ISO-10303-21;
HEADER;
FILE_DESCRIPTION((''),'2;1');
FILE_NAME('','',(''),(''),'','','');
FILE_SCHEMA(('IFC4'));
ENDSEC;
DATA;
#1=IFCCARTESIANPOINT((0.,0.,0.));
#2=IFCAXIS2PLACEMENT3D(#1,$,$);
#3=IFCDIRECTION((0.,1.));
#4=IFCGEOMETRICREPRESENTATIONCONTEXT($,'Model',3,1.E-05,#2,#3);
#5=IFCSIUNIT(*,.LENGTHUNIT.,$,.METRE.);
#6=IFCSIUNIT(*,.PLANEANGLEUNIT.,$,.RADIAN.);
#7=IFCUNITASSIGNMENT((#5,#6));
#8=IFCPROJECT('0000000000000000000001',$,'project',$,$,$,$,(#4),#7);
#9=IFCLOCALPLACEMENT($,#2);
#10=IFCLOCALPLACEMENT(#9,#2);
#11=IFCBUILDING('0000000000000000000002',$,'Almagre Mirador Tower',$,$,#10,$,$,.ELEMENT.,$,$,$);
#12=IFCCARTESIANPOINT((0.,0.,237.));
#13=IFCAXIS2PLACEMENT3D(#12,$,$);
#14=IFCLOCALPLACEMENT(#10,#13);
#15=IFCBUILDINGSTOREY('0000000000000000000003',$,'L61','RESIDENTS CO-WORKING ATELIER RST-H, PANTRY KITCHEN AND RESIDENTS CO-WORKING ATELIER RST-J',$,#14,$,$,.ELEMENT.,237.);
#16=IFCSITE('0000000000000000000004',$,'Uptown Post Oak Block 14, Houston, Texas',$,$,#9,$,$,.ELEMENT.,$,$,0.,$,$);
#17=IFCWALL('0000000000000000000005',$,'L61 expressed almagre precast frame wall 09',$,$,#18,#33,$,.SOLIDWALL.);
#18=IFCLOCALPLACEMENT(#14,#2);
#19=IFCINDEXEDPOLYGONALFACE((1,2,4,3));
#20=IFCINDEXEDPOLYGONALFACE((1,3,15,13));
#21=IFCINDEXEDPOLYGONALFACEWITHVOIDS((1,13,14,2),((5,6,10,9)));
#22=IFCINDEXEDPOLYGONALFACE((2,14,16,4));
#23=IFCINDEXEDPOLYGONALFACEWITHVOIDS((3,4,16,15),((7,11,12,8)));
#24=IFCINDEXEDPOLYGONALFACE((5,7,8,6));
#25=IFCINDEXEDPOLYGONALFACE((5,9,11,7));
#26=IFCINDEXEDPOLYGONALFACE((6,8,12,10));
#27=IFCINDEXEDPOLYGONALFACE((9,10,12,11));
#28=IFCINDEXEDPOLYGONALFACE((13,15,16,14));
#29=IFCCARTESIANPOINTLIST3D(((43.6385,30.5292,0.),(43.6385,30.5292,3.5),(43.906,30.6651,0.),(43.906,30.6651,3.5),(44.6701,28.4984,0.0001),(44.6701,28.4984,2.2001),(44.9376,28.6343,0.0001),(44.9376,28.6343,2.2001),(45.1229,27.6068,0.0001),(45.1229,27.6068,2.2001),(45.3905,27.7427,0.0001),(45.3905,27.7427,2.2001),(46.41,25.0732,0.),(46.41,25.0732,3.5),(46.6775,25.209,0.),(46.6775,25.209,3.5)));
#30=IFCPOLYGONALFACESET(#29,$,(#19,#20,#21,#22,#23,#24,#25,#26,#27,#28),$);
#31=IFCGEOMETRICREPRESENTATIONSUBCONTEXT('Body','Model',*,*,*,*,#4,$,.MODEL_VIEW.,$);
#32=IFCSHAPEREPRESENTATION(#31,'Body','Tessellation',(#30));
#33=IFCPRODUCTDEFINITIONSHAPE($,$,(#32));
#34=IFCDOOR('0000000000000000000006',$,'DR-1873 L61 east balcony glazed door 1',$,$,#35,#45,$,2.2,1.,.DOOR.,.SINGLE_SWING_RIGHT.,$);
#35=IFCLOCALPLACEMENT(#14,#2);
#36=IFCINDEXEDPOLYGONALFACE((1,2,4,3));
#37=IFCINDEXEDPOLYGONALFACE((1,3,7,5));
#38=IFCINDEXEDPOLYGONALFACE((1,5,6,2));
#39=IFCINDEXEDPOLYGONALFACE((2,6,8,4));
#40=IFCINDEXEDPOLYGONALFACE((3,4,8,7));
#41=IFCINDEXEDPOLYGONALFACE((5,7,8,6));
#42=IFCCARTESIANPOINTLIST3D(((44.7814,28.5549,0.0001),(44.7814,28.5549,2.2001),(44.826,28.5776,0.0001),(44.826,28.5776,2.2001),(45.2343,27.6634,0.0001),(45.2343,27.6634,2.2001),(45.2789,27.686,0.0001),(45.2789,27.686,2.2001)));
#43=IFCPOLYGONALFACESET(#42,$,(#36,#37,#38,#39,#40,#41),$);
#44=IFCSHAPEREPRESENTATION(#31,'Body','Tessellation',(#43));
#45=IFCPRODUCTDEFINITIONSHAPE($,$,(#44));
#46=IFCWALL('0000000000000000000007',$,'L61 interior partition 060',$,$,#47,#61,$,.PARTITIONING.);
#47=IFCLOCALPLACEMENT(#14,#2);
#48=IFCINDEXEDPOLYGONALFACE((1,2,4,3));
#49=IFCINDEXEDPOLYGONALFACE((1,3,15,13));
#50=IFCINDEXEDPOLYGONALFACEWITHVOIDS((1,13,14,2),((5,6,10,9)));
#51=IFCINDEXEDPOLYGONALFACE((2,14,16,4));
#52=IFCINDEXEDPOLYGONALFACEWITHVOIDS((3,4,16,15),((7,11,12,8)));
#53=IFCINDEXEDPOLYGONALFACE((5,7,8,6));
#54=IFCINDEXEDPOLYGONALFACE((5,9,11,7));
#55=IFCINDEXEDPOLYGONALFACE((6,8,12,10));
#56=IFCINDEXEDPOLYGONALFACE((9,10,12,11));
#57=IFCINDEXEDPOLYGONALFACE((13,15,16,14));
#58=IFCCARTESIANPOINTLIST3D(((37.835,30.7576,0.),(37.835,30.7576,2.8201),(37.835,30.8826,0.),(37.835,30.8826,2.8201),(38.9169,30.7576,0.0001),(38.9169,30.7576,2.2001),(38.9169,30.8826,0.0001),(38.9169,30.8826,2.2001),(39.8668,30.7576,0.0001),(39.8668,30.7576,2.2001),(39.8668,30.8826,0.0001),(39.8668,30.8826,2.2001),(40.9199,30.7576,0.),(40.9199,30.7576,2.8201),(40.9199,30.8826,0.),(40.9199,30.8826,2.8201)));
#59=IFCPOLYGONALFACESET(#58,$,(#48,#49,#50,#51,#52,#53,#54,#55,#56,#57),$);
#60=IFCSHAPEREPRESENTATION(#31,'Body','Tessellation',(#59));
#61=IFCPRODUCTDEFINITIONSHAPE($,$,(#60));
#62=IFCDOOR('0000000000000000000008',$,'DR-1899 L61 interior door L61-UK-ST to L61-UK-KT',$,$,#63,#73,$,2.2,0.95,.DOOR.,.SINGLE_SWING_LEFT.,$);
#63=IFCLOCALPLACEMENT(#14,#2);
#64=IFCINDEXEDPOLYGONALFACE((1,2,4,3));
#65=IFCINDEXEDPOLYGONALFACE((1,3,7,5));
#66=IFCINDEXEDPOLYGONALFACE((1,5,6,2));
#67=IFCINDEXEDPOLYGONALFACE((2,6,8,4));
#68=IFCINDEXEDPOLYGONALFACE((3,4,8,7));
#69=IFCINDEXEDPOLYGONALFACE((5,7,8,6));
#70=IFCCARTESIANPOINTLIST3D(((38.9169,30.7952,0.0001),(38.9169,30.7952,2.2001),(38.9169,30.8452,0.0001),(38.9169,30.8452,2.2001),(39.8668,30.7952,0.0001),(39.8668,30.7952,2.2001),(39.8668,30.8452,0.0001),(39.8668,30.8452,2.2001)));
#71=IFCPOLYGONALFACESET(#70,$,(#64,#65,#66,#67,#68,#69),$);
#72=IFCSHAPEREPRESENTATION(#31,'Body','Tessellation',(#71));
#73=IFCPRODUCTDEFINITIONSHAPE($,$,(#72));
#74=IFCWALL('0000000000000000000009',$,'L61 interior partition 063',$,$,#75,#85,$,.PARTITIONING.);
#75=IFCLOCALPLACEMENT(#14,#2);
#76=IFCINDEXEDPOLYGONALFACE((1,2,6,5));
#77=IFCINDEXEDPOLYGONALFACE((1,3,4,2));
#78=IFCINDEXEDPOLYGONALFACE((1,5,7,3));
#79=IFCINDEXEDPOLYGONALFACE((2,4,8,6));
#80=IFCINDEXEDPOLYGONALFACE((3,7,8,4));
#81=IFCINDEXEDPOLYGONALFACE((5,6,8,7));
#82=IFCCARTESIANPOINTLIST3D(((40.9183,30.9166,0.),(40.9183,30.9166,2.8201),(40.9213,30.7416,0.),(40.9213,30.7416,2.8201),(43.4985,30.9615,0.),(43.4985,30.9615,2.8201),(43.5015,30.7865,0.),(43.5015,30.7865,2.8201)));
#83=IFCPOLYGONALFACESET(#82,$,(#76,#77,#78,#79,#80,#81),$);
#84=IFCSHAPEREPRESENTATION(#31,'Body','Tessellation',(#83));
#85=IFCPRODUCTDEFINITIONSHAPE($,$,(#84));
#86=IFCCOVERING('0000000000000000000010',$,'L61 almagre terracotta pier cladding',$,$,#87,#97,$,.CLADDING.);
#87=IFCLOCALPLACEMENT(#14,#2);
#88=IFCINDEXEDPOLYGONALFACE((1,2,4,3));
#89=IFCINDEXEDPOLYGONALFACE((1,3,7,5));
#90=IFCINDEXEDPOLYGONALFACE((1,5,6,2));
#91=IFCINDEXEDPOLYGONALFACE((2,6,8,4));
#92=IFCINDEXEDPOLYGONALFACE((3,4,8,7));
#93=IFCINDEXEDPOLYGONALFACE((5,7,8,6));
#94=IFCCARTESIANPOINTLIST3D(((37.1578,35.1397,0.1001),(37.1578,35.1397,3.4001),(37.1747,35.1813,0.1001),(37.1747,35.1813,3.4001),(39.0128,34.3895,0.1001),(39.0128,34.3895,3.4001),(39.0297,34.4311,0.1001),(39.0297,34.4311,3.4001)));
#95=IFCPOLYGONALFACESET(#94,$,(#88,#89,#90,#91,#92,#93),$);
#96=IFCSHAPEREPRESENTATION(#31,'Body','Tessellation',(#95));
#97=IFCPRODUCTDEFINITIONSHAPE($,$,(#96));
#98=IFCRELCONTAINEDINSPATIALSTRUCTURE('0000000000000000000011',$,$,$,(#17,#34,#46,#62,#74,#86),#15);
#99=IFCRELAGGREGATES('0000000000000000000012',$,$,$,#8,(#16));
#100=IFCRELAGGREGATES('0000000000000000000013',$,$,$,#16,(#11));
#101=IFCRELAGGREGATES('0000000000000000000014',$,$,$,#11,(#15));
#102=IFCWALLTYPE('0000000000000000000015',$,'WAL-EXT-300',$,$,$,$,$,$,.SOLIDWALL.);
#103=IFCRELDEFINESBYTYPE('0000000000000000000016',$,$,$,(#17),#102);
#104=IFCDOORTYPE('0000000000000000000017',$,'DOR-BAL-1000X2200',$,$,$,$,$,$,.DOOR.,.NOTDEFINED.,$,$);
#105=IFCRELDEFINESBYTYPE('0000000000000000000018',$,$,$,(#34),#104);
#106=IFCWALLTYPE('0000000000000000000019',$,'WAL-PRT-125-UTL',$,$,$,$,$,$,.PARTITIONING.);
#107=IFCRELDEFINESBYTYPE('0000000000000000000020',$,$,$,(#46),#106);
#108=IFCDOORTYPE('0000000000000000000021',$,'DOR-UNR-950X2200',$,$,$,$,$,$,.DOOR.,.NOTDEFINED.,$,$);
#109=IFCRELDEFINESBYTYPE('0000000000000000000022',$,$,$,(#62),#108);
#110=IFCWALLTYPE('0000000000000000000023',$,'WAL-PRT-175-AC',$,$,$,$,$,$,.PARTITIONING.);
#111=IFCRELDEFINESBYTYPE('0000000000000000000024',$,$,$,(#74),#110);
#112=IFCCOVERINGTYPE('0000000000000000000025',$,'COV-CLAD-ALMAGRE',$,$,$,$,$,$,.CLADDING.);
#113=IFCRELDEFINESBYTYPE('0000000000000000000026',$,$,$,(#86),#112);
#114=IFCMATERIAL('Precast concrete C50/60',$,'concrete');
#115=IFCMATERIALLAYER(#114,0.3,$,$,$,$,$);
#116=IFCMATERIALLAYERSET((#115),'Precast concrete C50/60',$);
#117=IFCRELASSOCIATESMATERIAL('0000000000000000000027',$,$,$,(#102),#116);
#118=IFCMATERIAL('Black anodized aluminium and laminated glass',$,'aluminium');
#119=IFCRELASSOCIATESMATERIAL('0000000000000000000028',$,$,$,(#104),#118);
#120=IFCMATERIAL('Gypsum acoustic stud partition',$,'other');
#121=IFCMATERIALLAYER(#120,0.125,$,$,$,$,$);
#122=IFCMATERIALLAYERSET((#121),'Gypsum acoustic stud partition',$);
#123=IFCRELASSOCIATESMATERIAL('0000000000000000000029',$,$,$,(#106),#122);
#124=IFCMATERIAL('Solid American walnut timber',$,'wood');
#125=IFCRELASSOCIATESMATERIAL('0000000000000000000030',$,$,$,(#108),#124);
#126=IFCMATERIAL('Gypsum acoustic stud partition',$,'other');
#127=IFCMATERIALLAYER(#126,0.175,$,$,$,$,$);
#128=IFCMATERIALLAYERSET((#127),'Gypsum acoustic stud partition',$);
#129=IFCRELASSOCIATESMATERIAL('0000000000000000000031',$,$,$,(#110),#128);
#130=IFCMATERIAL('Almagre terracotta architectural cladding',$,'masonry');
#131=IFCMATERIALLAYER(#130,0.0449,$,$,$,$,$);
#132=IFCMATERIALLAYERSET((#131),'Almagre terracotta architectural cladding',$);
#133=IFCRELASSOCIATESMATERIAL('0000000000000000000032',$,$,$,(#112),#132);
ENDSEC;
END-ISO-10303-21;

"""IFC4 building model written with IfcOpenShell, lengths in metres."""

from ifc_helpers import new_model, si_unit, direction, frame, frame_2d, origin, origin_2d, place, context, subcontext, project, spatial, rectangle, extrude, material, layer, layer_set, type_object, element, fill, save


model = new_model("IFC4")

# Units and contexts
model_context = context("Model", 3, precision=1e-05, world=origin(), true_north=direction((0.0, 1.0)))
body_context = subcontext(model_context, "Body", "Model", "MODEL_VIEW")
ifc_project = project(units=[si_unit("LENGTHUNIT", "METRE"), si_unit("PLANEANGLEUNIT", "RADIAN")], contexts=[model_context])

# Site, building, storey
site_placement = place(None, origin())
site = spatial("IfcSite", under=ifc_project, at=site_placement, Name="Uptown Post Oak Block 14, Houston, Texas", CompositionType="ELEMENT", RefElevation=0.0)
building_placement = place(site_placement, origin())
building = spatial("IfcBuilding", under=site, at=building_placement, Name="Almagre Mirador Tower", CompositionType="ELEMENT")
storey_placement = place(building_placement, frame((0.0, 0.0, 237.0)))
storey = spatial("IfcBuildingStorey", under=building, at=storey_placement, Name="L61", Description="RESIDENTS CO-WORKING ATELIER RST-H, PANTRY KITCHEN AND RESIDENTS CO-WORKING ATELIER RST-J", CompositionType="ELEMENT", Elevation=237.0)

# Shared definitions
ifc_material_1 = material(Name="Precast concrete C50/60", Category="concrete")
ifc_layer_1 = layer(ifc_material_1, 0.3)
ifc_layer_set_1 = layer_set([ifc_layer_1], Name="Precast concrete C50/60")
wall_type_1 = type_object("IfcWallType", Name="WAL-EXT-300", PredefinedType="SOLIDWALL", material=ifc_layer_set_1)

# Walls, openings, doors
wall_1_placement = place(storey_placement, frame((43.7722, 30.5972, 0.0), z_axis=(0.0, 0.0, 1.0), x_axis=(0.452886, -0.891569, 0.0)))
wall_1 = element("IfcWall", 1, at=wall_1_placement, inside=storey, type_object=wall_type_1, Name="L61 expressed almagre precast frame wall 09", PredefinedType="SOLIDWALL", context=body_context, shape_type="SweptSolid", body=[
    extrude(rectangle(XDim=6.1196, YDim=0.3, at=frame_2d((3.0598, 0.0))), origin(), (0.0, 0.0, 1.0), 3.5),
])
opening_1_placement = place(wall_1_placement, frame((2.2778, 0.0, 0.0)))
opening_1 = element("IfcOpeningElement", 2, at=opening_1_placement, cuts=wall_1, PredefinedType="OPENING", context=body_context, shape_type="SweptSolid", body=[
    extrude(rectangle(XDim=1.0, YDim=2.2, at=frame_2d((0.5, 1.1001))), frame((0.0, 0.1599, 0.0), z_axis=(0.0, -1.0, 0.0), x_axis=(1.0, 0.0, 0.0)), (0.0, 0.0, 1.0), 0.32),
])
ifc_material_2 = material(Name="Black anodized aluminium and laminated glass", Category="aluminium")
door_type_1 = type_object("IfcDoorType", Name="DOR-BAL-1000X2200", OperationType="NOTDEFINED", PredefinedType="DOOR", material=ifc_material_2)
door_1_placement = place(opening_1_placement, origin())
door_1 = element("IfcDoor", 3, at=door_1_placement, inside=storey, type_object=door_type_1, Name="DR-1873 L61 east balcony glazed door 1", OperationType="SINGLE_SWING_RIGHT", OverallHeight=2.2, OverallWidth=1.0, PredefinedType="DOOR", context=body_context, shape_type="SweptSolid", body=[
    extrude(rectangle(XDim=1.0, YDim=2.2, at=frame_2d((0.5, 1.1001))), frame((0.0, 0.0249, 0.0), z_axis=(0.0, -1.0, 0.0), x_axis=(1.0, 0.0, 0.0)), (0.0, 0.0, 1.0), 0.05),
])
fill(opening_1, door_1)
ifc_material_3 = material(Name="Gypsum acoustic stud partition", Category="other")
ifc_layer_2 = layer(ifc_material_3, 0.125)
ifc_layer_set_2 = layer_set([ifc_layer_2], Name="Gypsum acoustic stud partition")
wall_type_2 = type_object("IfcWallType", Name="WAL-PRT-125-UTL", PredefinedType="PARTITIONING", material=ifc_layer_set_2)
wall_2_placement = place(storey_placement, frame((40.9199, 30.8201, 0.0), z_axis=(0.0, 0.0, 1.0), x_axis=(-1.0, 0.0, 0.0)))
wall_2 = element("IfcWall", 4, at=wall_2_placement, inside=storey, type_object=wall_type_2, Name="L61 interior partition 060", PredefinedType="PARTITIONING", context=body_context, shape_type="SweptSolid", body=[
    extrude(rectangle(XDim=3.085, YDim=0.125, at=frame_2d((1.5425, 0.0))), origin(), (0.0, 0.0, 1.0), 2.8201),
])
opening_2_placement = place(wall_2_placement, frame((1.053, 0.0, 0.0)))
opening_2 = element("IfcOpeningElement", 5, at=opening_2_placement, cuts=wall_2, PredefinedType="OPENING", context=body_context, shape_type="SweptSolid", body=[
    extrude(rectangle(XDim=0.95, YDim=2.2, at=frame_2d((0.4751, 1.1001))), frame((0.0, 0.0725, 0.0), z_axis=(0.0, -1.0, 0.0), x_axis=(1.0, 0.0, 0.0)), (0.0, 0.0, 1.0), 0.145),
])
ifc_material_4 = material(Name="Solid American walnut timber", Category="wood")
door_type_2 = type_object("IfcDoorType", Name="DOR-UNR-950X2200", OperationType="NOTDEFINED", PredefinedType="DOOR", material=ifc_material_4)
door_2_placement = place(opening_2_placement, origin())
door_2 = element("IfcDoor", 6, at=door_2_placement, inside=storey, type_object=door_type_2, Name="DR-1899 L61 interior door L61-UK-ST to L61-UK-KT", OperationType="SINGLE_SWING_LEFT", OverallHeight=2.2, OverallWidth=0.95, PredefinedType="DOOR", context=body_context, shape_type="SweptSolid", body=[
    extrude(rectangle(XDim=0.95, YDim=2.2, at=frame_2d((0.4751, 1.1001))), frame((0.0, 0.0249, 0.0), z_axis=(0.0, -1.0, 0.0), x_axis=(1.0, 0.0, 0.0)), (0.0, 0.0, 1.0), 0.05),
])
fill(opening_2, door_2)

# Wall
ifc_material_5 = material(Name="Gypsum acoustic stud partition", Category="other")
ifc_layer_3 = layer(ifc_material_5, 0.175)
ifc_layer_set_3 = layer_set([ifc_layer_3], Name="Gypsum acoustic stud partition")
wall_type_3 = type_object("IfcWallType", Name="WAL-PRT-175-AC", PredefinedType="PARTITIONING", material=ifc_layer_set_3)
wall_3_placement = place(storey_placement, frame((43.5, 30.874, 0.0), z_axis=(0.0, 0.0, 1.0), x_axis=(-0.999848, -0.017408, 0.0)))
element("IfcWall", 7, at=wall_3_placement, inside=storey, type_object=wall_type_3, Name="L61 interior partition 063", PredefinedType="PARTITIONING", context=body_context, shape_type="SweptSolid", body=[
    extrude(rectangle(XDim=2.5806, YDim=0.175, at=frame_2d((1.2903, 0.0))), origin(), (0.0, 0.0, 1.0), 2.8201),
])

# Covering
ifc_material_6 = material(Name="Almagre terracotta architectural cladding", Category="masonry")
ifc_layer_4 = layer(ifc_material_6, 0.0449)
ifc_layer_set_4 = layer_set([ifc_layer_4], Name="Almagre terracotta architectural cladding")
covering_type = type_object("IfcCoveringType", Name="COV-CLAD-ALMAGRE", PredefinedType="CLADDING", material=ifc_layer_set_4)
covering_placement = place(storey_placement, frame((38.0938, 34.7854, 0.1001), z_axis=(0.0, 0.0, 1.0), x_axis=(0.927066, -0.374898, 0.0)))
element("IfcCovering", 8, at=covering_placement, inside=storey, type_object=covering_type, Name="L61 almagre terracotta pier cladding", PredefinedType="CLADDING", context=body_context, shape_type="SweptSolid", body=[
    extrude(rectangle(XDim=2.001, YDim=0.0449, at=origin_2d()), origin(), (0.0, 0.0, 1.0), 3.3),
])

save(model, "model.ifc")
